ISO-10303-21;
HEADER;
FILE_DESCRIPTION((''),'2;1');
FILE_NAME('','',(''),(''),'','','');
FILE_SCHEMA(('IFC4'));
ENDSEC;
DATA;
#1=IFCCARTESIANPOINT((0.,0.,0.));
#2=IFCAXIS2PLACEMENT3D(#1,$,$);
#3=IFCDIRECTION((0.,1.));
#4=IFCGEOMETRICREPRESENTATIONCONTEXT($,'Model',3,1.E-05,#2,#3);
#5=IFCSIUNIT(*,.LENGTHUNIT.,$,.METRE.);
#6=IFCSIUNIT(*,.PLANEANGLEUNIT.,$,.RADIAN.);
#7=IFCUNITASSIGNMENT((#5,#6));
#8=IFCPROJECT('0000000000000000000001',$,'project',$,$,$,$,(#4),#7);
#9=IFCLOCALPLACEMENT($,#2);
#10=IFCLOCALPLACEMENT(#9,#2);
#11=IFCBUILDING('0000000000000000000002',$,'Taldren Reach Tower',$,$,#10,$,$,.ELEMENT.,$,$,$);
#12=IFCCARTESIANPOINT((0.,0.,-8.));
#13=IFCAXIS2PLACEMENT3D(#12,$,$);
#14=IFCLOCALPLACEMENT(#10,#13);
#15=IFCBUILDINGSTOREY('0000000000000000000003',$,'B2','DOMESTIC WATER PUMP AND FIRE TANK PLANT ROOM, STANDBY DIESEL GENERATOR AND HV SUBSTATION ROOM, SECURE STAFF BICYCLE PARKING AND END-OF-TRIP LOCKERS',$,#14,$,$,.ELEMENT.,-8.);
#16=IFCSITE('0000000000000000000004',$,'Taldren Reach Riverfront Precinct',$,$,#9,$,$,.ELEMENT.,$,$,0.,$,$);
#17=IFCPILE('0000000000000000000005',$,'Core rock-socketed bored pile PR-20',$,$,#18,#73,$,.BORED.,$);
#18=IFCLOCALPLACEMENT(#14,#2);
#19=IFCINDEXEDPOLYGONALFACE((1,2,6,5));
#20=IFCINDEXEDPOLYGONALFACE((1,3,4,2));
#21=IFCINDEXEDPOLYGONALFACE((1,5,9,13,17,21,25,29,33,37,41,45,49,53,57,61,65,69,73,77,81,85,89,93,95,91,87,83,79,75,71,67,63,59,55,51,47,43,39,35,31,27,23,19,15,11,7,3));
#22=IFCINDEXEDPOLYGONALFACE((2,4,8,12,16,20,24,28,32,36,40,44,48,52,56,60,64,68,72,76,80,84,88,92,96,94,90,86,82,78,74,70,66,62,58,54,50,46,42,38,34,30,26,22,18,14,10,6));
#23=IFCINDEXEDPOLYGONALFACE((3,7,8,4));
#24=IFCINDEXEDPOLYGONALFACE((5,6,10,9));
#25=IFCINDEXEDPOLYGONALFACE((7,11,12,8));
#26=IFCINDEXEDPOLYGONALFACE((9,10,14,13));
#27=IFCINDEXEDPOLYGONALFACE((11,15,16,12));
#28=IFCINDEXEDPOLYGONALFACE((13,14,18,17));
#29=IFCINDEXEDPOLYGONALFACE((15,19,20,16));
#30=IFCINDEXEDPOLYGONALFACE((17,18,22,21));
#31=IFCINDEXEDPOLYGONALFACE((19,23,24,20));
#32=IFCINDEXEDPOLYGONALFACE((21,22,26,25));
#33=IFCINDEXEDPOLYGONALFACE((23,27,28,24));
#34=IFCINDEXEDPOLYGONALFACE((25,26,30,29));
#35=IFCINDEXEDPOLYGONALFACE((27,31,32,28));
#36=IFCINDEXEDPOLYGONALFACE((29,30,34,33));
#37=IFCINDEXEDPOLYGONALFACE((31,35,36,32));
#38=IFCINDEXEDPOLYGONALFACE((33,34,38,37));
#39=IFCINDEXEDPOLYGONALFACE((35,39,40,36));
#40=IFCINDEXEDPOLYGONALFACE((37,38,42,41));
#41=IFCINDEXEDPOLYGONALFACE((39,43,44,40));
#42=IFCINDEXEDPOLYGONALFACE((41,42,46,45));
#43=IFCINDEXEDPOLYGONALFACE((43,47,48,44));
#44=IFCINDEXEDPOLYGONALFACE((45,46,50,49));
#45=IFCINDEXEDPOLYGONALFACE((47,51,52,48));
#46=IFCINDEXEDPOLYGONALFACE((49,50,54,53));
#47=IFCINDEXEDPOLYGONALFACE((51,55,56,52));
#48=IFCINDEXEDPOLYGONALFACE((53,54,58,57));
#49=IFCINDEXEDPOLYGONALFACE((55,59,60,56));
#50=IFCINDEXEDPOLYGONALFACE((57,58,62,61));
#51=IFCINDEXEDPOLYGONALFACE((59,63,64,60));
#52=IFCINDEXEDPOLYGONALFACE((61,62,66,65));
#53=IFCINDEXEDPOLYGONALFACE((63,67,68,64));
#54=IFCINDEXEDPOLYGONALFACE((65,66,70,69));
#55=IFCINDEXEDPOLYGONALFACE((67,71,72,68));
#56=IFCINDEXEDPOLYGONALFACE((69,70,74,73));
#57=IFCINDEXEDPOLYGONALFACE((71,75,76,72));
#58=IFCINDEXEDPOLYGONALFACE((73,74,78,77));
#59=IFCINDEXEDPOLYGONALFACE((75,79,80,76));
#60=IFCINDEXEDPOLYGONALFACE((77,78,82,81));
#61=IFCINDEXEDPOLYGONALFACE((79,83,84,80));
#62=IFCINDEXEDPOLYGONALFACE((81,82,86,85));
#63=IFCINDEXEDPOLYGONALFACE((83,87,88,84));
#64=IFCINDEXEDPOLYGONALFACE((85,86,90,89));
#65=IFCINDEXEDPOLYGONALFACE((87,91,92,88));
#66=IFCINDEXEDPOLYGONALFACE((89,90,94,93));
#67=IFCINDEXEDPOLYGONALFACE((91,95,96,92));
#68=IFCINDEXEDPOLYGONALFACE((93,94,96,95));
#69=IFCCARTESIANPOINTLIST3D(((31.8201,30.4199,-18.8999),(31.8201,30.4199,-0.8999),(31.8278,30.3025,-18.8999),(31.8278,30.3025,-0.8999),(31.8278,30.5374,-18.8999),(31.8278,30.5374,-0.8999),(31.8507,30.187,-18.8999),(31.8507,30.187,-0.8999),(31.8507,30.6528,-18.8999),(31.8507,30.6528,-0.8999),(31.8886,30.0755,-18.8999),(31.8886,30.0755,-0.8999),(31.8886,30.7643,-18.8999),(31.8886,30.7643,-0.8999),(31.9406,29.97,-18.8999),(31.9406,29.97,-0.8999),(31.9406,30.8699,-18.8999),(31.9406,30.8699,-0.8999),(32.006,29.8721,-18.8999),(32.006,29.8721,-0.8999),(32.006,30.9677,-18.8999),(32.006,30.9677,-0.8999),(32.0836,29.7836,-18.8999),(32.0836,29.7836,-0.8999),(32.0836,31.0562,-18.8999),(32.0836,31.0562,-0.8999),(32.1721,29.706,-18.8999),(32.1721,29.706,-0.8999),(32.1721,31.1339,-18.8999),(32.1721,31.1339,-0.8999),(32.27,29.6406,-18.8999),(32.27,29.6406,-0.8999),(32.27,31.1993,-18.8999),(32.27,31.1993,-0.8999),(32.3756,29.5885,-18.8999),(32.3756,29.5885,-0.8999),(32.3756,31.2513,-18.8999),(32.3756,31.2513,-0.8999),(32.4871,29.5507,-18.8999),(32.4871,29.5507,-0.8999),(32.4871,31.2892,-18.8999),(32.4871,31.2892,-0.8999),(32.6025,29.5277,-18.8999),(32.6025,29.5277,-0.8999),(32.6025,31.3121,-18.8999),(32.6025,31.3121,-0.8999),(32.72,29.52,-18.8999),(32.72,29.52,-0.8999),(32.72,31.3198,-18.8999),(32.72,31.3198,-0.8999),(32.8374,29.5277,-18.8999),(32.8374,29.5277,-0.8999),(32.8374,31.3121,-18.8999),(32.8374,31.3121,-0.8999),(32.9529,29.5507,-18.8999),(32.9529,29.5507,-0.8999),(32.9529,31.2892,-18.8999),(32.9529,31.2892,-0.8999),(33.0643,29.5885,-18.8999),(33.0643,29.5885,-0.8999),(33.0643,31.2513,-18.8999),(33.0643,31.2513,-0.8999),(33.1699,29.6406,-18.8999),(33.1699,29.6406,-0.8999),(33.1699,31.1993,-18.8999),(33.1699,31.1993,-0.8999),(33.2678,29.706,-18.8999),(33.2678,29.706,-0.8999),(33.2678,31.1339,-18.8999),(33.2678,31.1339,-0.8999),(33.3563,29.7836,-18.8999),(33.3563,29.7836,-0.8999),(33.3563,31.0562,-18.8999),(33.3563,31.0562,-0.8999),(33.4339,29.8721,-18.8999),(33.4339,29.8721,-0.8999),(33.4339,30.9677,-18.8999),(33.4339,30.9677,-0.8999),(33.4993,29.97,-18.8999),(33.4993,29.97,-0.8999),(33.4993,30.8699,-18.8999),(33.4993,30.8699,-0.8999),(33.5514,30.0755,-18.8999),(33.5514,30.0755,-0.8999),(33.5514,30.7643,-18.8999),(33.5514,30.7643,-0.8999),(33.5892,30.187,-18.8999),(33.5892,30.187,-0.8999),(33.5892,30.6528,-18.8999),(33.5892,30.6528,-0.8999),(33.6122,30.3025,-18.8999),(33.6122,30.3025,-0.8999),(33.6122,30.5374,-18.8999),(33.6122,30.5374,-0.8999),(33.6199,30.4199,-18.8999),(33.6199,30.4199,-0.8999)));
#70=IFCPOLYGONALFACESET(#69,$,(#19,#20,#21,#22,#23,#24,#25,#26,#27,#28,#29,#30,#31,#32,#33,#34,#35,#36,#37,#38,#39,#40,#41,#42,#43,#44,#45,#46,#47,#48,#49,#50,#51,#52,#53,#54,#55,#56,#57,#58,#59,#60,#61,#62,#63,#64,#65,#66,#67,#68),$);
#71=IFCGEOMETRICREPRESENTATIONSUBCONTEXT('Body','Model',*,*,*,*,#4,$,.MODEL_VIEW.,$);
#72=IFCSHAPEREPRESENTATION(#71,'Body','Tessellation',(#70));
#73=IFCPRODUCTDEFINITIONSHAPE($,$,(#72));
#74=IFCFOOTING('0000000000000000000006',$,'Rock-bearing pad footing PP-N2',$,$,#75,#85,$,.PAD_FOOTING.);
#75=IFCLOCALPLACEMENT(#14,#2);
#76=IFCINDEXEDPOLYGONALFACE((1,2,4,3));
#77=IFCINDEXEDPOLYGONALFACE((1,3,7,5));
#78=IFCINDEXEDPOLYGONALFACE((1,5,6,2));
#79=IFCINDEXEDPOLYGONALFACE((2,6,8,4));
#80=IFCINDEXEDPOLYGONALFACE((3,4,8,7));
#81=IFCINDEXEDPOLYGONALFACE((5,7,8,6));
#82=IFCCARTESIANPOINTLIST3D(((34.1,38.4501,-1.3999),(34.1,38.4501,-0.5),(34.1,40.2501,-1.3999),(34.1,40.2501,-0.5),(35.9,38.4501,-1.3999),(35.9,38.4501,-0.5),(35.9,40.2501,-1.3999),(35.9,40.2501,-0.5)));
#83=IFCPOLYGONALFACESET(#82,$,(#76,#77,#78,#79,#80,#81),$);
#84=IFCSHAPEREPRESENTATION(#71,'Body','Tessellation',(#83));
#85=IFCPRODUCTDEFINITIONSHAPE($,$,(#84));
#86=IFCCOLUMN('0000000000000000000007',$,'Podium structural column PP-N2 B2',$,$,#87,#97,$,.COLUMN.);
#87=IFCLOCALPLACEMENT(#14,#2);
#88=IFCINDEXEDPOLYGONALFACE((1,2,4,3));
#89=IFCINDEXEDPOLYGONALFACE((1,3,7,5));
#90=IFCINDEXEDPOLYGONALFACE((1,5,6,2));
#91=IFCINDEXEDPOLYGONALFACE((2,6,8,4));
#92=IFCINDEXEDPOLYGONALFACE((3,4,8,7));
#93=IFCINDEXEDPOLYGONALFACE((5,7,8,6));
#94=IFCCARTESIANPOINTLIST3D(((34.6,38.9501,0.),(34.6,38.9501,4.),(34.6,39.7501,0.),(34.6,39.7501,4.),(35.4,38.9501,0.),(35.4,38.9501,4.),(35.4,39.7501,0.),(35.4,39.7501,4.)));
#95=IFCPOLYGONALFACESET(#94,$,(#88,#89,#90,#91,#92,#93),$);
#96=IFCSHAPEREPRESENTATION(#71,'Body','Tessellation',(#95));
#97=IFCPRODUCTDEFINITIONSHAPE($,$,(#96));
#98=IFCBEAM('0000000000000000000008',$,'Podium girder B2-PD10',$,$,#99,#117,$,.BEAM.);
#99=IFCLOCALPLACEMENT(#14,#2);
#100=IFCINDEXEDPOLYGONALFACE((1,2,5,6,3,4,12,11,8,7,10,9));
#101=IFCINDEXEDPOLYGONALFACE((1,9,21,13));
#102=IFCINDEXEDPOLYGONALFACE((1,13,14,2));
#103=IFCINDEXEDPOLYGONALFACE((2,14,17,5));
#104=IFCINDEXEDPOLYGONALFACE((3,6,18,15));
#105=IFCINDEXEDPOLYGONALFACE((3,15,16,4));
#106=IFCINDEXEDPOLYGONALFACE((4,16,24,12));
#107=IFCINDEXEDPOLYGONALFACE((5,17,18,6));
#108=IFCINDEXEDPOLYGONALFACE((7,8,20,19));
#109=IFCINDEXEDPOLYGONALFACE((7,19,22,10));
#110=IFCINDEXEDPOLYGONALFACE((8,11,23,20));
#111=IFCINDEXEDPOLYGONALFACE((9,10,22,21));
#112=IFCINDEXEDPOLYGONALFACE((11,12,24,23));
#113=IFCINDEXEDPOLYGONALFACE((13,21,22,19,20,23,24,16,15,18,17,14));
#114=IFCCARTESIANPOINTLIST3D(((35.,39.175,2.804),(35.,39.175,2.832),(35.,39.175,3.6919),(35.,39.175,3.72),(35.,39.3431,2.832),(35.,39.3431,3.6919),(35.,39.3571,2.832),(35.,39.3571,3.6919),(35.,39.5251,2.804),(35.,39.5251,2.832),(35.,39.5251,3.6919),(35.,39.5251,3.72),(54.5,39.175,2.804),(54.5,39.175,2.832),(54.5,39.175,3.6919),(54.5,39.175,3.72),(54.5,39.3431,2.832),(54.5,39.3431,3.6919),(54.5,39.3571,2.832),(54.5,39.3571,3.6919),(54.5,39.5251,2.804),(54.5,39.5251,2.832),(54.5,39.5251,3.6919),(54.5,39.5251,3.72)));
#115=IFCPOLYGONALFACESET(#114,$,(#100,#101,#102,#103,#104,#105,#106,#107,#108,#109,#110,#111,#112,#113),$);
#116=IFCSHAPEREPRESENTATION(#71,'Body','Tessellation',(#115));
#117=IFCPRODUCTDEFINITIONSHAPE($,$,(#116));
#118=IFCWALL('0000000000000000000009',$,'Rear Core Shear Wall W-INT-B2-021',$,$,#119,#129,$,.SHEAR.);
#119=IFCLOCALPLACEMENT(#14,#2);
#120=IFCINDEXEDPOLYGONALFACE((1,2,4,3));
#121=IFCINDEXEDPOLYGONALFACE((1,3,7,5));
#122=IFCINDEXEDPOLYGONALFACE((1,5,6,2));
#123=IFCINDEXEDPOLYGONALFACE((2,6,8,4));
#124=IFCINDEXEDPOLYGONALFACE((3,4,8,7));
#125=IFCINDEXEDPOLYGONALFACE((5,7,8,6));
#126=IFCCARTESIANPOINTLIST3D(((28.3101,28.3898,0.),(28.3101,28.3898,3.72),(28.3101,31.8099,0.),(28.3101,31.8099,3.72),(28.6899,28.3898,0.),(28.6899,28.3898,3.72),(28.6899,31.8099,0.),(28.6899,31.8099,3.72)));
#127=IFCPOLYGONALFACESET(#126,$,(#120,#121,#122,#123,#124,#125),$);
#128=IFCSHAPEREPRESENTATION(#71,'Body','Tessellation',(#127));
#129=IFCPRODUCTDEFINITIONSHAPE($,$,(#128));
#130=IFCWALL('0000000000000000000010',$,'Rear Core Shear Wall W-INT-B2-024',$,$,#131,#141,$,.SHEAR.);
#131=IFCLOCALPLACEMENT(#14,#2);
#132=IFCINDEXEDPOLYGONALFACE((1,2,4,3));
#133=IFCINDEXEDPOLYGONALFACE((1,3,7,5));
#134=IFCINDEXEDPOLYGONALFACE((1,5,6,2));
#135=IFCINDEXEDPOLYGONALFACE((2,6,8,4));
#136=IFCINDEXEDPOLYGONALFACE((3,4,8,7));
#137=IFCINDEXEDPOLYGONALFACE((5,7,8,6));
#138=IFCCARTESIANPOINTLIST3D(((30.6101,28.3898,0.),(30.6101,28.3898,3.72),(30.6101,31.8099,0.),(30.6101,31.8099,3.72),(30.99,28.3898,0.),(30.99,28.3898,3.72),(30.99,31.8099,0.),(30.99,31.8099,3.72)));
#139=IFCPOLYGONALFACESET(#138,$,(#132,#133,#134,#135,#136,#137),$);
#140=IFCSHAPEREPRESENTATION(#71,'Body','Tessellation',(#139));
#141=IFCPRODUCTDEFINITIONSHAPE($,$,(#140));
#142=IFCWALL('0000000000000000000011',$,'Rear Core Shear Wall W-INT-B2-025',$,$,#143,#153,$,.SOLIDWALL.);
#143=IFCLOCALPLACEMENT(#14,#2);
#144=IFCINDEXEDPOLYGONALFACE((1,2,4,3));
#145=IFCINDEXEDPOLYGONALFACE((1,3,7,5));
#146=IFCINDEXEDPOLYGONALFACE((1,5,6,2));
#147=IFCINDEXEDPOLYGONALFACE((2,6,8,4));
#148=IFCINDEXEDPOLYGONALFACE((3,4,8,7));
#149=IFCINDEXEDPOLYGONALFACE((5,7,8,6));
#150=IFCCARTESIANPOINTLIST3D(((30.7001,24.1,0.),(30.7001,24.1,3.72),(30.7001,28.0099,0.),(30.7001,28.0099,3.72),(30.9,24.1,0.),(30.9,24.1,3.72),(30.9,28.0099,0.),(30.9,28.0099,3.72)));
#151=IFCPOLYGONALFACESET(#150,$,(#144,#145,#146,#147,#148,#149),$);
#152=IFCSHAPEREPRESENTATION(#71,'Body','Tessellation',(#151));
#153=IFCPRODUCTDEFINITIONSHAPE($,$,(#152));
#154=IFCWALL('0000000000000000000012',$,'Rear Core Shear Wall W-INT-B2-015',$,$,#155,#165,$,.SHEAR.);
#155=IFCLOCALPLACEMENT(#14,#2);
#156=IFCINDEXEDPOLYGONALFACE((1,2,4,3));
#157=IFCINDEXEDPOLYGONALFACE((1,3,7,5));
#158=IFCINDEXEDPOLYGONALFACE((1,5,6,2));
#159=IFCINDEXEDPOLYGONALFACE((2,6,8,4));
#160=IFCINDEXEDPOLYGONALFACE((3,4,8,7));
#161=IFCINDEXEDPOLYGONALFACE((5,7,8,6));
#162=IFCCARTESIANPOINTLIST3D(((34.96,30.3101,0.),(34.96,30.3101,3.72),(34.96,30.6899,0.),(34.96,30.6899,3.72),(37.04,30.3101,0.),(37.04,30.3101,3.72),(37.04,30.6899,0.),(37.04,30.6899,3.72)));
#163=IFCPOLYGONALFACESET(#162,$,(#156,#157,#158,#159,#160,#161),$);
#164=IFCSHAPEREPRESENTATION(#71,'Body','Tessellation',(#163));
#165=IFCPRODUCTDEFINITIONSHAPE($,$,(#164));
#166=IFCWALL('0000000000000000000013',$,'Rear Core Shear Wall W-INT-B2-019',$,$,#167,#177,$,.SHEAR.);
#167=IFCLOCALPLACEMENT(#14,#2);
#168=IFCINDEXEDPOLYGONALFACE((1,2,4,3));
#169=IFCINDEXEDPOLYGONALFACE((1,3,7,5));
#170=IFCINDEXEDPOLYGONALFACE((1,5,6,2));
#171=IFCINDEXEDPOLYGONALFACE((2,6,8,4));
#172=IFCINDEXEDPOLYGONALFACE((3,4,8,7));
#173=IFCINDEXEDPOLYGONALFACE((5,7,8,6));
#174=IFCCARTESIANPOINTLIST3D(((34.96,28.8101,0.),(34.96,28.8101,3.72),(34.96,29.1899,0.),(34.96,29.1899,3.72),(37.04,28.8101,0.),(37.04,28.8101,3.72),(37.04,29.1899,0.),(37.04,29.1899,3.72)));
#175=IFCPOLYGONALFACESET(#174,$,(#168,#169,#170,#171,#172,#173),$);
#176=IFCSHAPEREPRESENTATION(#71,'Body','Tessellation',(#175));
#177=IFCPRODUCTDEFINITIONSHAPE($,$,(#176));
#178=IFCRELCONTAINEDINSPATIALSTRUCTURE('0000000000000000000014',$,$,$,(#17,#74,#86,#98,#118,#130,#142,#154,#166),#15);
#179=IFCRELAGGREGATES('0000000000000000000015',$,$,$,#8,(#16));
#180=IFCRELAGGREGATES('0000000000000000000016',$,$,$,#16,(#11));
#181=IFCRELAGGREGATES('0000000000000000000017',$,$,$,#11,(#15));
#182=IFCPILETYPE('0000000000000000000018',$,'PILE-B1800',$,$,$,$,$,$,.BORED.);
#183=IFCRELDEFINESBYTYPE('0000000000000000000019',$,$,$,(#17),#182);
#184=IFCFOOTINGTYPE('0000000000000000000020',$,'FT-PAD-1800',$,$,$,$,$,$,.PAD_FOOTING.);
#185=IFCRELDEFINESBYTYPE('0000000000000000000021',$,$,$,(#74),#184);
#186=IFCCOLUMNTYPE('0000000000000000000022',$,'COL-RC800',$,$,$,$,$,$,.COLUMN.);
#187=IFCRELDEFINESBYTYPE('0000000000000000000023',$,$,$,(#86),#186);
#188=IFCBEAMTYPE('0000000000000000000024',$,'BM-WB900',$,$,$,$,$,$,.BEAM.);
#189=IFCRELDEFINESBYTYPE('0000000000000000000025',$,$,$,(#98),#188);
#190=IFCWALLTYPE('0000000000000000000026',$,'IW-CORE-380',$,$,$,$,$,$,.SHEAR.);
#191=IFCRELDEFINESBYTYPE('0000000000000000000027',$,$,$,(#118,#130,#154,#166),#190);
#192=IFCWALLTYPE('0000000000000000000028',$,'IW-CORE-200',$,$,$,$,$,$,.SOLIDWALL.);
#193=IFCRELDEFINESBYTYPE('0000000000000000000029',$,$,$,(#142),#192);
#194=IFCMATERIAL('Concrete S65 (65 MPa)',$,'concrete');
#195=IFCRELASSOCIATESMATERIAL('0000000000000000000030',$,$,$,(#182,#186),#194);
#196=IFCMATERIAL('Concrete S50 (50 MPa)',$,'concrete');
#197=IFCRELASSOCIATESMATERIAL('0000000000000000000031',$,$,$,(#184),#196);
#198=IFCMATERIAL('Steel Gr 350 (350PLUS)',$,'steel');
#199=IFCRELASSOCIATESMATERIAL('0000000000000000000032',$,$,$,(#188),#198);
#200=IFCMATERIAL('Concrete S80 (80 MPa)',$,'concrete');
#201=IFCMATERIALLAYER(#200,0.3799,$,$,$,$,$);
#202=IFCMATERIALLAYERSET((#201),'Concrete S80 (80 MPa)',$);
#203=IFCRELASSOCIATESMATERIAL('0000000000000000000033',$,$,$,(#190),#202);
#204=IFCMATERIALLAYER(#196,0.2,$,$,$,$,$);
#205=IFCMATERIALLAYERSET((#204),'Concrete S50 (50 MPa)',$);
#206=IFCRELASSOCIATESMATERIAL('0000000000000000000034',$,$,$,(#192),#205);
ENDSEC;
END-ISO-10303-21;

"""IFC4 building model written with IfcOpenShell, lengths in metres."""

from ifc_helpers import new_model, si_unit, direction, frame, frame_2d, origin, origin_2d, place, context, subcontext, project, spatial, rectangle, circle, i_section, extrude, source, transform, mapped, material, layer, layer_set, material_profile, profile_set, type_object, element, save


model = new_model("IFC4")

# Units and contexts
model_context = context("Model", 3, precision=1e-05, world=origin(), true_north=direction((0.0, 1.0)))
body_context = subcontext(model_context, "Body", "Model", "MODEL_VIEW")
ifc_project = project(units=[si_unit("LENGTHUNIT", "METRE"), si_unit("PLANEANGLEUNIT", "RADIAN")], contexts=[model_context])

# Site, building, storey
site_placement = place(None, origin())
site = spatial("IfcSite", under=ifc_project, at=site_placement, Name="Taldren Reach Riverfront Precinct", CompositionType="ELEMENT", RefElevation=0.0)
building_placement = place(site_placement, origin())
building = spatial("IfcBuilding", under=site, at=building_placement, Name="Taldren Reach Tower", CompositionType="ELEMENT")
storey_placement = place(building_placement, frame((0.0, 0.0, -8.0)))
storey = spatial("IfcBuildingStorey", under=building, at=storey_placement, Name="B2", Description="DOMESTIC WATER PUMP AND FIRE TANK PLANT ROOM, STANDBY DIESEL GENERATOR AND HV SUBSTATION ROOM, SECURE STAFF BICYCLE PARKING AND END-OF-TRIP LOCKERS", CompositionType="ELEMENT", Elevation=-8.0)

# Pile
ifc_material_1 = material(Name="Concrete S65 (65 MPa)", Category="concrete")
ifc_material_profile_1 = material_profile(ifc_material_1, circle(Radius=0.8999, at=origin_2d()), Name="PB-1800")
ifc_profile_set_1 = profile_set([ifc_material_profile_1], Name="Concrete S65 (65 MPa)")
pile_type_1 = type_object("IfcPileType", Name="PILE-B1800", PredefinedType="BORED", material=ifc_profile_set_1)
shared_shape_1 = source(origin(), body_context, "Body", "SweptSolid", [
    extrude(circle(Radius=0.8999, at=origin_2d()), origin(), (0.0, 0.0, 1.0), 18.0),
])
for number, where, z_axis, x_axis, name in (
    (1, (32.72, 30.4199, -0.8999), (0.0, 0.0, -1.0), (1.0, 0.0, 0.0), "Core rock-socketed bored pile PR-20"),
):
    element("IfcPile", number, at=place(storey_placement, frame(where, z_axis=z_axis, x_axis=x_axis)), inside=storey, type_object=pile_type_1, Name=name, PredefinedType="BORED", context=body_context, shape_type="MappedRepresentation", body=[
        mapped(shared_shape_1, transform((0.0, 0.0, 0.0), scale=1.0)),
    ])

# Footing
ifc_material_2 = material(Name="Concrete S50 (50 MPa)", Category="concrete")
footing_type = type_object("IfcFootingType", Name="FT-PAD-1800", PredefinedType="PAD_FOOTING", material=ifc_material_2)
shared_shape_2 = source(origin(), body_context, "Body", "SweptSolid", [
    extrude(rectangle(XDim=1.8, YDim=1.8, at=origin_2d()), origin(), (0.0, 0.0, 1.0), 0.8999),
])
footing_placement = place(storey_placement, frame((35.0, 39.3501, -1.3999), z_axis=(0.0, 0.0, 1.0), x_axis=(1.0, 0.0, 0.0)))
element("IfcFooting", 2, at=footing_placement, inside=storey, type_object=footing_type, Name="Rock-bearing pad footing PP-N2", PredefinedType="PAD_FOOTING", context=body_context, shape_type="MappedRepresentation", body=[
    mapped(shared_shape_2, transform((0.0, 0.0, 0.0), scale=1.0)),
])

# Column
ifc_material_profile_2 = material_profile(ifc_material_1, rectangle(XDim=0.8, YDim=0.8, at=origin_2d()), Name="RC-800x800")
ifc_profile_set_2 = profile_set([ifc_material_profile_2], Name="Concrete S65 (65 MPa)")
column_type = type_object("IfcColumnType", Name="COL-RC800", PredefinedType="COLUMN", material=ifc_profile_set_2)
shared_shape_3 = source(origin(), body_context, "Body", "SweptSolid", [
    extrude(rectangle(XDim=0.8, YDim=0.8, at=origin_2d()), origin(), (0.0, 0.0, 1.0), 4.0),
])
column_placement = place(storey_placement, frame((35.0, 39.3501, 0.0), z_axis=(0.0, 0.0, 1.0), x_axis=(1.0, 0.0, 0.0)))
element("IfcColumn", 3, at=column_placement, inside=storey, type_object=column_type, Name="Podium structural column PP-N2 B2", PredefinedType="COLUMN", context=body_context, shape_type="MappedRepresentation", body=[
    mapped(shared_shape_3, transform((0.0, 0.0, 0.0), scale=1.0)),
])

# Beam
ifc_material_3 = material(Name="Steel Gr 350 (350PLUS)", Category="steel")
ifc_material_profile_3 = material_profile(ifc_material_3, i_section(OverallWidth=0.3501, OverallDepth=0.916, WebThickness=0.0139, FlangeThickness=0.0281, at=origin_2d()), Name="900WB257")
ifc_profile_set_3 = profile_set([ifc_material_profile_3], Name="Steel Gr 350 (350PLUS)")
beam_type = type_object("IfcBeamType", Name="BM-WB900", PredefinedType="BEAM", material=ifc_profile_set_3)
shared_shape_4 = source(origin(), body_context, "Body", "SweptSolid", [
    extrude(i_section(OverallWidth=0.3501, OverallDepth=0.916, WebThickness=0.0139, FlangeThickness=0.0281, at=origin_2d()), origin(), (0.0, 0.0, 1.0), 19.5),
])
beam_placement = place(storey_placement, frame((35.0, 39.3501, 3.262), z_axis=(1.0, 0.0, 0.0), x_axis=(0.0, 1.0, 0.0)))
element("IfcBeam", 4, at=beam_placement, inside=storey, type_object=beam_type, Name="Podium girder B2-PD10", PredefinedType="BEAM", context=body_context, shape_type="MappedRepresentation", body=[
    mapped(shared_shape_4, transform((0.0, 0.0, 0.0), scale=1.0)),
])

# Walls
ifc_material_4 = material(Name="Concrete S80 (80 MPa)", Category="concrete")
ifc_layer_1 = layer(ifc_material_4, 0.3799)
ifc_layer_set_1 = layer_set([ifc_layer_1], Name="Concrete S80 (80 MPa)")
wall_type_1 = type_object("IfcWallType", Name="IW-CORE-380", PredefinedType="SHEAR", material=ifc_layer_set_1)
shared_shape_5 = source(origin(), body_context, "Body", "SweptSolid", [
    extrude(rectangle(XDim=3.4202, YDim=0.3799, at=frame_2d((1.71, 0.0))), origin(), (0.0, 0.0, 1.0), 3.72),
])
for number, where, z_axis, x_axis, name in (
    (5, (28.5, 28.3899, 0.0), (0.0, 0.0, 1.0), (0.0, 1.0, 0.0), "Rear Core Shear Wall W-INT-B2-021"),
    (6, (30.8, 28.3899, 0.0), (0.0, 0.0, 1.0), (0.0, 1.0, 0.0), "Rear Core Shear Wall W-INT-B2-024"),
):
    element("IfcWall", number, at=place(storey_placement, frame(where, z_axis=z_axis, x_axis=x_axis)), inside=storey, type_object=wall_type_1, Name=name, PredefinedType="SHEAR", context=body_context, shape_type="MappedRepresentation", body=[
        mapped(shared_shape_5, transform((0.0, 0.0, 0.0), scale=1.0)),
    ])
ifc_layer_2 = layer(ifc_material_2, 0.2)
ifc_layer_set_2 = layer_set([ifc_layer_2], Name="Concrete S50 (50 MPa)")
wall_type_2 = type_object("IfcWallType", Name="IW-CORE-200", PredefinedType="SOLIDWALL", material=ifc_layer_set_2)
shared_shape_6 = source(origin(), body_context, "Body", "SweptSolid", [
    extrude(rectangle(XDim=3.9099, YDim=0.2, at=frame_2d((1.9551, 0.0))), origin(), (0.0, 0.0, 1.0), 3.72),
])
wall_1_placement = place(storey_placement, frame((30.8, 28.01, 0.0), z_axis=(0.0, 0.0, 1.0), x_axis=(0.0, -1.0, 0.0)))
element("IfcWall", 7, at=wall_1_placement, inside=storey, type_object=wall_type_2, Name="Rear Core Shear Wall W-INT-B2-025", PredefinedType="SOLIDWALL", context=body_context, shape_type="MappedRepresentation", body=[
    mapped(shared_shape_6, transform((0.0, 0.0, 0.0), scale=1.0)),
])
shared_shape_7 = source(origin(), body_context, "Body", "SweptSolid", [
    extrude(rectangle(XDim=2.0801, YDim=0.3799, at=frame_2d((1.04, 0.0))), origin(), (0.0, 0.0, 1.0), 3.72),
])
for number, where, z_axis, x_axis, name in (
    (8, (34.96, 30.5, 0.0), (0.0, 0.0, 1.0), (1.0, 0.0, 0.0), "Rear Core Shear Wall W-INT-B2-015"),
    (9, (34.96, 29.0, 0.0), (0.0, 0.0, 1.0), (1.0, 0.0, 0.0), "Rear Core Shear Wall W-INT-B2-019"),
):
    element("IfcWall", number, at=place(storey_placement, frame(where, z_axis=z_axis, x_axis=x_axis)), inside=storey, type_object=wall_type_1, Name=name, PredefinedType="SHEAR", context=body_context, shape_type="MappedRepresentation", body=[
        mapped(shared_shape_7, transform((0.0, 0.0, 0.0), scale=1.0)),
    ])

save(model, "model.ifc")
